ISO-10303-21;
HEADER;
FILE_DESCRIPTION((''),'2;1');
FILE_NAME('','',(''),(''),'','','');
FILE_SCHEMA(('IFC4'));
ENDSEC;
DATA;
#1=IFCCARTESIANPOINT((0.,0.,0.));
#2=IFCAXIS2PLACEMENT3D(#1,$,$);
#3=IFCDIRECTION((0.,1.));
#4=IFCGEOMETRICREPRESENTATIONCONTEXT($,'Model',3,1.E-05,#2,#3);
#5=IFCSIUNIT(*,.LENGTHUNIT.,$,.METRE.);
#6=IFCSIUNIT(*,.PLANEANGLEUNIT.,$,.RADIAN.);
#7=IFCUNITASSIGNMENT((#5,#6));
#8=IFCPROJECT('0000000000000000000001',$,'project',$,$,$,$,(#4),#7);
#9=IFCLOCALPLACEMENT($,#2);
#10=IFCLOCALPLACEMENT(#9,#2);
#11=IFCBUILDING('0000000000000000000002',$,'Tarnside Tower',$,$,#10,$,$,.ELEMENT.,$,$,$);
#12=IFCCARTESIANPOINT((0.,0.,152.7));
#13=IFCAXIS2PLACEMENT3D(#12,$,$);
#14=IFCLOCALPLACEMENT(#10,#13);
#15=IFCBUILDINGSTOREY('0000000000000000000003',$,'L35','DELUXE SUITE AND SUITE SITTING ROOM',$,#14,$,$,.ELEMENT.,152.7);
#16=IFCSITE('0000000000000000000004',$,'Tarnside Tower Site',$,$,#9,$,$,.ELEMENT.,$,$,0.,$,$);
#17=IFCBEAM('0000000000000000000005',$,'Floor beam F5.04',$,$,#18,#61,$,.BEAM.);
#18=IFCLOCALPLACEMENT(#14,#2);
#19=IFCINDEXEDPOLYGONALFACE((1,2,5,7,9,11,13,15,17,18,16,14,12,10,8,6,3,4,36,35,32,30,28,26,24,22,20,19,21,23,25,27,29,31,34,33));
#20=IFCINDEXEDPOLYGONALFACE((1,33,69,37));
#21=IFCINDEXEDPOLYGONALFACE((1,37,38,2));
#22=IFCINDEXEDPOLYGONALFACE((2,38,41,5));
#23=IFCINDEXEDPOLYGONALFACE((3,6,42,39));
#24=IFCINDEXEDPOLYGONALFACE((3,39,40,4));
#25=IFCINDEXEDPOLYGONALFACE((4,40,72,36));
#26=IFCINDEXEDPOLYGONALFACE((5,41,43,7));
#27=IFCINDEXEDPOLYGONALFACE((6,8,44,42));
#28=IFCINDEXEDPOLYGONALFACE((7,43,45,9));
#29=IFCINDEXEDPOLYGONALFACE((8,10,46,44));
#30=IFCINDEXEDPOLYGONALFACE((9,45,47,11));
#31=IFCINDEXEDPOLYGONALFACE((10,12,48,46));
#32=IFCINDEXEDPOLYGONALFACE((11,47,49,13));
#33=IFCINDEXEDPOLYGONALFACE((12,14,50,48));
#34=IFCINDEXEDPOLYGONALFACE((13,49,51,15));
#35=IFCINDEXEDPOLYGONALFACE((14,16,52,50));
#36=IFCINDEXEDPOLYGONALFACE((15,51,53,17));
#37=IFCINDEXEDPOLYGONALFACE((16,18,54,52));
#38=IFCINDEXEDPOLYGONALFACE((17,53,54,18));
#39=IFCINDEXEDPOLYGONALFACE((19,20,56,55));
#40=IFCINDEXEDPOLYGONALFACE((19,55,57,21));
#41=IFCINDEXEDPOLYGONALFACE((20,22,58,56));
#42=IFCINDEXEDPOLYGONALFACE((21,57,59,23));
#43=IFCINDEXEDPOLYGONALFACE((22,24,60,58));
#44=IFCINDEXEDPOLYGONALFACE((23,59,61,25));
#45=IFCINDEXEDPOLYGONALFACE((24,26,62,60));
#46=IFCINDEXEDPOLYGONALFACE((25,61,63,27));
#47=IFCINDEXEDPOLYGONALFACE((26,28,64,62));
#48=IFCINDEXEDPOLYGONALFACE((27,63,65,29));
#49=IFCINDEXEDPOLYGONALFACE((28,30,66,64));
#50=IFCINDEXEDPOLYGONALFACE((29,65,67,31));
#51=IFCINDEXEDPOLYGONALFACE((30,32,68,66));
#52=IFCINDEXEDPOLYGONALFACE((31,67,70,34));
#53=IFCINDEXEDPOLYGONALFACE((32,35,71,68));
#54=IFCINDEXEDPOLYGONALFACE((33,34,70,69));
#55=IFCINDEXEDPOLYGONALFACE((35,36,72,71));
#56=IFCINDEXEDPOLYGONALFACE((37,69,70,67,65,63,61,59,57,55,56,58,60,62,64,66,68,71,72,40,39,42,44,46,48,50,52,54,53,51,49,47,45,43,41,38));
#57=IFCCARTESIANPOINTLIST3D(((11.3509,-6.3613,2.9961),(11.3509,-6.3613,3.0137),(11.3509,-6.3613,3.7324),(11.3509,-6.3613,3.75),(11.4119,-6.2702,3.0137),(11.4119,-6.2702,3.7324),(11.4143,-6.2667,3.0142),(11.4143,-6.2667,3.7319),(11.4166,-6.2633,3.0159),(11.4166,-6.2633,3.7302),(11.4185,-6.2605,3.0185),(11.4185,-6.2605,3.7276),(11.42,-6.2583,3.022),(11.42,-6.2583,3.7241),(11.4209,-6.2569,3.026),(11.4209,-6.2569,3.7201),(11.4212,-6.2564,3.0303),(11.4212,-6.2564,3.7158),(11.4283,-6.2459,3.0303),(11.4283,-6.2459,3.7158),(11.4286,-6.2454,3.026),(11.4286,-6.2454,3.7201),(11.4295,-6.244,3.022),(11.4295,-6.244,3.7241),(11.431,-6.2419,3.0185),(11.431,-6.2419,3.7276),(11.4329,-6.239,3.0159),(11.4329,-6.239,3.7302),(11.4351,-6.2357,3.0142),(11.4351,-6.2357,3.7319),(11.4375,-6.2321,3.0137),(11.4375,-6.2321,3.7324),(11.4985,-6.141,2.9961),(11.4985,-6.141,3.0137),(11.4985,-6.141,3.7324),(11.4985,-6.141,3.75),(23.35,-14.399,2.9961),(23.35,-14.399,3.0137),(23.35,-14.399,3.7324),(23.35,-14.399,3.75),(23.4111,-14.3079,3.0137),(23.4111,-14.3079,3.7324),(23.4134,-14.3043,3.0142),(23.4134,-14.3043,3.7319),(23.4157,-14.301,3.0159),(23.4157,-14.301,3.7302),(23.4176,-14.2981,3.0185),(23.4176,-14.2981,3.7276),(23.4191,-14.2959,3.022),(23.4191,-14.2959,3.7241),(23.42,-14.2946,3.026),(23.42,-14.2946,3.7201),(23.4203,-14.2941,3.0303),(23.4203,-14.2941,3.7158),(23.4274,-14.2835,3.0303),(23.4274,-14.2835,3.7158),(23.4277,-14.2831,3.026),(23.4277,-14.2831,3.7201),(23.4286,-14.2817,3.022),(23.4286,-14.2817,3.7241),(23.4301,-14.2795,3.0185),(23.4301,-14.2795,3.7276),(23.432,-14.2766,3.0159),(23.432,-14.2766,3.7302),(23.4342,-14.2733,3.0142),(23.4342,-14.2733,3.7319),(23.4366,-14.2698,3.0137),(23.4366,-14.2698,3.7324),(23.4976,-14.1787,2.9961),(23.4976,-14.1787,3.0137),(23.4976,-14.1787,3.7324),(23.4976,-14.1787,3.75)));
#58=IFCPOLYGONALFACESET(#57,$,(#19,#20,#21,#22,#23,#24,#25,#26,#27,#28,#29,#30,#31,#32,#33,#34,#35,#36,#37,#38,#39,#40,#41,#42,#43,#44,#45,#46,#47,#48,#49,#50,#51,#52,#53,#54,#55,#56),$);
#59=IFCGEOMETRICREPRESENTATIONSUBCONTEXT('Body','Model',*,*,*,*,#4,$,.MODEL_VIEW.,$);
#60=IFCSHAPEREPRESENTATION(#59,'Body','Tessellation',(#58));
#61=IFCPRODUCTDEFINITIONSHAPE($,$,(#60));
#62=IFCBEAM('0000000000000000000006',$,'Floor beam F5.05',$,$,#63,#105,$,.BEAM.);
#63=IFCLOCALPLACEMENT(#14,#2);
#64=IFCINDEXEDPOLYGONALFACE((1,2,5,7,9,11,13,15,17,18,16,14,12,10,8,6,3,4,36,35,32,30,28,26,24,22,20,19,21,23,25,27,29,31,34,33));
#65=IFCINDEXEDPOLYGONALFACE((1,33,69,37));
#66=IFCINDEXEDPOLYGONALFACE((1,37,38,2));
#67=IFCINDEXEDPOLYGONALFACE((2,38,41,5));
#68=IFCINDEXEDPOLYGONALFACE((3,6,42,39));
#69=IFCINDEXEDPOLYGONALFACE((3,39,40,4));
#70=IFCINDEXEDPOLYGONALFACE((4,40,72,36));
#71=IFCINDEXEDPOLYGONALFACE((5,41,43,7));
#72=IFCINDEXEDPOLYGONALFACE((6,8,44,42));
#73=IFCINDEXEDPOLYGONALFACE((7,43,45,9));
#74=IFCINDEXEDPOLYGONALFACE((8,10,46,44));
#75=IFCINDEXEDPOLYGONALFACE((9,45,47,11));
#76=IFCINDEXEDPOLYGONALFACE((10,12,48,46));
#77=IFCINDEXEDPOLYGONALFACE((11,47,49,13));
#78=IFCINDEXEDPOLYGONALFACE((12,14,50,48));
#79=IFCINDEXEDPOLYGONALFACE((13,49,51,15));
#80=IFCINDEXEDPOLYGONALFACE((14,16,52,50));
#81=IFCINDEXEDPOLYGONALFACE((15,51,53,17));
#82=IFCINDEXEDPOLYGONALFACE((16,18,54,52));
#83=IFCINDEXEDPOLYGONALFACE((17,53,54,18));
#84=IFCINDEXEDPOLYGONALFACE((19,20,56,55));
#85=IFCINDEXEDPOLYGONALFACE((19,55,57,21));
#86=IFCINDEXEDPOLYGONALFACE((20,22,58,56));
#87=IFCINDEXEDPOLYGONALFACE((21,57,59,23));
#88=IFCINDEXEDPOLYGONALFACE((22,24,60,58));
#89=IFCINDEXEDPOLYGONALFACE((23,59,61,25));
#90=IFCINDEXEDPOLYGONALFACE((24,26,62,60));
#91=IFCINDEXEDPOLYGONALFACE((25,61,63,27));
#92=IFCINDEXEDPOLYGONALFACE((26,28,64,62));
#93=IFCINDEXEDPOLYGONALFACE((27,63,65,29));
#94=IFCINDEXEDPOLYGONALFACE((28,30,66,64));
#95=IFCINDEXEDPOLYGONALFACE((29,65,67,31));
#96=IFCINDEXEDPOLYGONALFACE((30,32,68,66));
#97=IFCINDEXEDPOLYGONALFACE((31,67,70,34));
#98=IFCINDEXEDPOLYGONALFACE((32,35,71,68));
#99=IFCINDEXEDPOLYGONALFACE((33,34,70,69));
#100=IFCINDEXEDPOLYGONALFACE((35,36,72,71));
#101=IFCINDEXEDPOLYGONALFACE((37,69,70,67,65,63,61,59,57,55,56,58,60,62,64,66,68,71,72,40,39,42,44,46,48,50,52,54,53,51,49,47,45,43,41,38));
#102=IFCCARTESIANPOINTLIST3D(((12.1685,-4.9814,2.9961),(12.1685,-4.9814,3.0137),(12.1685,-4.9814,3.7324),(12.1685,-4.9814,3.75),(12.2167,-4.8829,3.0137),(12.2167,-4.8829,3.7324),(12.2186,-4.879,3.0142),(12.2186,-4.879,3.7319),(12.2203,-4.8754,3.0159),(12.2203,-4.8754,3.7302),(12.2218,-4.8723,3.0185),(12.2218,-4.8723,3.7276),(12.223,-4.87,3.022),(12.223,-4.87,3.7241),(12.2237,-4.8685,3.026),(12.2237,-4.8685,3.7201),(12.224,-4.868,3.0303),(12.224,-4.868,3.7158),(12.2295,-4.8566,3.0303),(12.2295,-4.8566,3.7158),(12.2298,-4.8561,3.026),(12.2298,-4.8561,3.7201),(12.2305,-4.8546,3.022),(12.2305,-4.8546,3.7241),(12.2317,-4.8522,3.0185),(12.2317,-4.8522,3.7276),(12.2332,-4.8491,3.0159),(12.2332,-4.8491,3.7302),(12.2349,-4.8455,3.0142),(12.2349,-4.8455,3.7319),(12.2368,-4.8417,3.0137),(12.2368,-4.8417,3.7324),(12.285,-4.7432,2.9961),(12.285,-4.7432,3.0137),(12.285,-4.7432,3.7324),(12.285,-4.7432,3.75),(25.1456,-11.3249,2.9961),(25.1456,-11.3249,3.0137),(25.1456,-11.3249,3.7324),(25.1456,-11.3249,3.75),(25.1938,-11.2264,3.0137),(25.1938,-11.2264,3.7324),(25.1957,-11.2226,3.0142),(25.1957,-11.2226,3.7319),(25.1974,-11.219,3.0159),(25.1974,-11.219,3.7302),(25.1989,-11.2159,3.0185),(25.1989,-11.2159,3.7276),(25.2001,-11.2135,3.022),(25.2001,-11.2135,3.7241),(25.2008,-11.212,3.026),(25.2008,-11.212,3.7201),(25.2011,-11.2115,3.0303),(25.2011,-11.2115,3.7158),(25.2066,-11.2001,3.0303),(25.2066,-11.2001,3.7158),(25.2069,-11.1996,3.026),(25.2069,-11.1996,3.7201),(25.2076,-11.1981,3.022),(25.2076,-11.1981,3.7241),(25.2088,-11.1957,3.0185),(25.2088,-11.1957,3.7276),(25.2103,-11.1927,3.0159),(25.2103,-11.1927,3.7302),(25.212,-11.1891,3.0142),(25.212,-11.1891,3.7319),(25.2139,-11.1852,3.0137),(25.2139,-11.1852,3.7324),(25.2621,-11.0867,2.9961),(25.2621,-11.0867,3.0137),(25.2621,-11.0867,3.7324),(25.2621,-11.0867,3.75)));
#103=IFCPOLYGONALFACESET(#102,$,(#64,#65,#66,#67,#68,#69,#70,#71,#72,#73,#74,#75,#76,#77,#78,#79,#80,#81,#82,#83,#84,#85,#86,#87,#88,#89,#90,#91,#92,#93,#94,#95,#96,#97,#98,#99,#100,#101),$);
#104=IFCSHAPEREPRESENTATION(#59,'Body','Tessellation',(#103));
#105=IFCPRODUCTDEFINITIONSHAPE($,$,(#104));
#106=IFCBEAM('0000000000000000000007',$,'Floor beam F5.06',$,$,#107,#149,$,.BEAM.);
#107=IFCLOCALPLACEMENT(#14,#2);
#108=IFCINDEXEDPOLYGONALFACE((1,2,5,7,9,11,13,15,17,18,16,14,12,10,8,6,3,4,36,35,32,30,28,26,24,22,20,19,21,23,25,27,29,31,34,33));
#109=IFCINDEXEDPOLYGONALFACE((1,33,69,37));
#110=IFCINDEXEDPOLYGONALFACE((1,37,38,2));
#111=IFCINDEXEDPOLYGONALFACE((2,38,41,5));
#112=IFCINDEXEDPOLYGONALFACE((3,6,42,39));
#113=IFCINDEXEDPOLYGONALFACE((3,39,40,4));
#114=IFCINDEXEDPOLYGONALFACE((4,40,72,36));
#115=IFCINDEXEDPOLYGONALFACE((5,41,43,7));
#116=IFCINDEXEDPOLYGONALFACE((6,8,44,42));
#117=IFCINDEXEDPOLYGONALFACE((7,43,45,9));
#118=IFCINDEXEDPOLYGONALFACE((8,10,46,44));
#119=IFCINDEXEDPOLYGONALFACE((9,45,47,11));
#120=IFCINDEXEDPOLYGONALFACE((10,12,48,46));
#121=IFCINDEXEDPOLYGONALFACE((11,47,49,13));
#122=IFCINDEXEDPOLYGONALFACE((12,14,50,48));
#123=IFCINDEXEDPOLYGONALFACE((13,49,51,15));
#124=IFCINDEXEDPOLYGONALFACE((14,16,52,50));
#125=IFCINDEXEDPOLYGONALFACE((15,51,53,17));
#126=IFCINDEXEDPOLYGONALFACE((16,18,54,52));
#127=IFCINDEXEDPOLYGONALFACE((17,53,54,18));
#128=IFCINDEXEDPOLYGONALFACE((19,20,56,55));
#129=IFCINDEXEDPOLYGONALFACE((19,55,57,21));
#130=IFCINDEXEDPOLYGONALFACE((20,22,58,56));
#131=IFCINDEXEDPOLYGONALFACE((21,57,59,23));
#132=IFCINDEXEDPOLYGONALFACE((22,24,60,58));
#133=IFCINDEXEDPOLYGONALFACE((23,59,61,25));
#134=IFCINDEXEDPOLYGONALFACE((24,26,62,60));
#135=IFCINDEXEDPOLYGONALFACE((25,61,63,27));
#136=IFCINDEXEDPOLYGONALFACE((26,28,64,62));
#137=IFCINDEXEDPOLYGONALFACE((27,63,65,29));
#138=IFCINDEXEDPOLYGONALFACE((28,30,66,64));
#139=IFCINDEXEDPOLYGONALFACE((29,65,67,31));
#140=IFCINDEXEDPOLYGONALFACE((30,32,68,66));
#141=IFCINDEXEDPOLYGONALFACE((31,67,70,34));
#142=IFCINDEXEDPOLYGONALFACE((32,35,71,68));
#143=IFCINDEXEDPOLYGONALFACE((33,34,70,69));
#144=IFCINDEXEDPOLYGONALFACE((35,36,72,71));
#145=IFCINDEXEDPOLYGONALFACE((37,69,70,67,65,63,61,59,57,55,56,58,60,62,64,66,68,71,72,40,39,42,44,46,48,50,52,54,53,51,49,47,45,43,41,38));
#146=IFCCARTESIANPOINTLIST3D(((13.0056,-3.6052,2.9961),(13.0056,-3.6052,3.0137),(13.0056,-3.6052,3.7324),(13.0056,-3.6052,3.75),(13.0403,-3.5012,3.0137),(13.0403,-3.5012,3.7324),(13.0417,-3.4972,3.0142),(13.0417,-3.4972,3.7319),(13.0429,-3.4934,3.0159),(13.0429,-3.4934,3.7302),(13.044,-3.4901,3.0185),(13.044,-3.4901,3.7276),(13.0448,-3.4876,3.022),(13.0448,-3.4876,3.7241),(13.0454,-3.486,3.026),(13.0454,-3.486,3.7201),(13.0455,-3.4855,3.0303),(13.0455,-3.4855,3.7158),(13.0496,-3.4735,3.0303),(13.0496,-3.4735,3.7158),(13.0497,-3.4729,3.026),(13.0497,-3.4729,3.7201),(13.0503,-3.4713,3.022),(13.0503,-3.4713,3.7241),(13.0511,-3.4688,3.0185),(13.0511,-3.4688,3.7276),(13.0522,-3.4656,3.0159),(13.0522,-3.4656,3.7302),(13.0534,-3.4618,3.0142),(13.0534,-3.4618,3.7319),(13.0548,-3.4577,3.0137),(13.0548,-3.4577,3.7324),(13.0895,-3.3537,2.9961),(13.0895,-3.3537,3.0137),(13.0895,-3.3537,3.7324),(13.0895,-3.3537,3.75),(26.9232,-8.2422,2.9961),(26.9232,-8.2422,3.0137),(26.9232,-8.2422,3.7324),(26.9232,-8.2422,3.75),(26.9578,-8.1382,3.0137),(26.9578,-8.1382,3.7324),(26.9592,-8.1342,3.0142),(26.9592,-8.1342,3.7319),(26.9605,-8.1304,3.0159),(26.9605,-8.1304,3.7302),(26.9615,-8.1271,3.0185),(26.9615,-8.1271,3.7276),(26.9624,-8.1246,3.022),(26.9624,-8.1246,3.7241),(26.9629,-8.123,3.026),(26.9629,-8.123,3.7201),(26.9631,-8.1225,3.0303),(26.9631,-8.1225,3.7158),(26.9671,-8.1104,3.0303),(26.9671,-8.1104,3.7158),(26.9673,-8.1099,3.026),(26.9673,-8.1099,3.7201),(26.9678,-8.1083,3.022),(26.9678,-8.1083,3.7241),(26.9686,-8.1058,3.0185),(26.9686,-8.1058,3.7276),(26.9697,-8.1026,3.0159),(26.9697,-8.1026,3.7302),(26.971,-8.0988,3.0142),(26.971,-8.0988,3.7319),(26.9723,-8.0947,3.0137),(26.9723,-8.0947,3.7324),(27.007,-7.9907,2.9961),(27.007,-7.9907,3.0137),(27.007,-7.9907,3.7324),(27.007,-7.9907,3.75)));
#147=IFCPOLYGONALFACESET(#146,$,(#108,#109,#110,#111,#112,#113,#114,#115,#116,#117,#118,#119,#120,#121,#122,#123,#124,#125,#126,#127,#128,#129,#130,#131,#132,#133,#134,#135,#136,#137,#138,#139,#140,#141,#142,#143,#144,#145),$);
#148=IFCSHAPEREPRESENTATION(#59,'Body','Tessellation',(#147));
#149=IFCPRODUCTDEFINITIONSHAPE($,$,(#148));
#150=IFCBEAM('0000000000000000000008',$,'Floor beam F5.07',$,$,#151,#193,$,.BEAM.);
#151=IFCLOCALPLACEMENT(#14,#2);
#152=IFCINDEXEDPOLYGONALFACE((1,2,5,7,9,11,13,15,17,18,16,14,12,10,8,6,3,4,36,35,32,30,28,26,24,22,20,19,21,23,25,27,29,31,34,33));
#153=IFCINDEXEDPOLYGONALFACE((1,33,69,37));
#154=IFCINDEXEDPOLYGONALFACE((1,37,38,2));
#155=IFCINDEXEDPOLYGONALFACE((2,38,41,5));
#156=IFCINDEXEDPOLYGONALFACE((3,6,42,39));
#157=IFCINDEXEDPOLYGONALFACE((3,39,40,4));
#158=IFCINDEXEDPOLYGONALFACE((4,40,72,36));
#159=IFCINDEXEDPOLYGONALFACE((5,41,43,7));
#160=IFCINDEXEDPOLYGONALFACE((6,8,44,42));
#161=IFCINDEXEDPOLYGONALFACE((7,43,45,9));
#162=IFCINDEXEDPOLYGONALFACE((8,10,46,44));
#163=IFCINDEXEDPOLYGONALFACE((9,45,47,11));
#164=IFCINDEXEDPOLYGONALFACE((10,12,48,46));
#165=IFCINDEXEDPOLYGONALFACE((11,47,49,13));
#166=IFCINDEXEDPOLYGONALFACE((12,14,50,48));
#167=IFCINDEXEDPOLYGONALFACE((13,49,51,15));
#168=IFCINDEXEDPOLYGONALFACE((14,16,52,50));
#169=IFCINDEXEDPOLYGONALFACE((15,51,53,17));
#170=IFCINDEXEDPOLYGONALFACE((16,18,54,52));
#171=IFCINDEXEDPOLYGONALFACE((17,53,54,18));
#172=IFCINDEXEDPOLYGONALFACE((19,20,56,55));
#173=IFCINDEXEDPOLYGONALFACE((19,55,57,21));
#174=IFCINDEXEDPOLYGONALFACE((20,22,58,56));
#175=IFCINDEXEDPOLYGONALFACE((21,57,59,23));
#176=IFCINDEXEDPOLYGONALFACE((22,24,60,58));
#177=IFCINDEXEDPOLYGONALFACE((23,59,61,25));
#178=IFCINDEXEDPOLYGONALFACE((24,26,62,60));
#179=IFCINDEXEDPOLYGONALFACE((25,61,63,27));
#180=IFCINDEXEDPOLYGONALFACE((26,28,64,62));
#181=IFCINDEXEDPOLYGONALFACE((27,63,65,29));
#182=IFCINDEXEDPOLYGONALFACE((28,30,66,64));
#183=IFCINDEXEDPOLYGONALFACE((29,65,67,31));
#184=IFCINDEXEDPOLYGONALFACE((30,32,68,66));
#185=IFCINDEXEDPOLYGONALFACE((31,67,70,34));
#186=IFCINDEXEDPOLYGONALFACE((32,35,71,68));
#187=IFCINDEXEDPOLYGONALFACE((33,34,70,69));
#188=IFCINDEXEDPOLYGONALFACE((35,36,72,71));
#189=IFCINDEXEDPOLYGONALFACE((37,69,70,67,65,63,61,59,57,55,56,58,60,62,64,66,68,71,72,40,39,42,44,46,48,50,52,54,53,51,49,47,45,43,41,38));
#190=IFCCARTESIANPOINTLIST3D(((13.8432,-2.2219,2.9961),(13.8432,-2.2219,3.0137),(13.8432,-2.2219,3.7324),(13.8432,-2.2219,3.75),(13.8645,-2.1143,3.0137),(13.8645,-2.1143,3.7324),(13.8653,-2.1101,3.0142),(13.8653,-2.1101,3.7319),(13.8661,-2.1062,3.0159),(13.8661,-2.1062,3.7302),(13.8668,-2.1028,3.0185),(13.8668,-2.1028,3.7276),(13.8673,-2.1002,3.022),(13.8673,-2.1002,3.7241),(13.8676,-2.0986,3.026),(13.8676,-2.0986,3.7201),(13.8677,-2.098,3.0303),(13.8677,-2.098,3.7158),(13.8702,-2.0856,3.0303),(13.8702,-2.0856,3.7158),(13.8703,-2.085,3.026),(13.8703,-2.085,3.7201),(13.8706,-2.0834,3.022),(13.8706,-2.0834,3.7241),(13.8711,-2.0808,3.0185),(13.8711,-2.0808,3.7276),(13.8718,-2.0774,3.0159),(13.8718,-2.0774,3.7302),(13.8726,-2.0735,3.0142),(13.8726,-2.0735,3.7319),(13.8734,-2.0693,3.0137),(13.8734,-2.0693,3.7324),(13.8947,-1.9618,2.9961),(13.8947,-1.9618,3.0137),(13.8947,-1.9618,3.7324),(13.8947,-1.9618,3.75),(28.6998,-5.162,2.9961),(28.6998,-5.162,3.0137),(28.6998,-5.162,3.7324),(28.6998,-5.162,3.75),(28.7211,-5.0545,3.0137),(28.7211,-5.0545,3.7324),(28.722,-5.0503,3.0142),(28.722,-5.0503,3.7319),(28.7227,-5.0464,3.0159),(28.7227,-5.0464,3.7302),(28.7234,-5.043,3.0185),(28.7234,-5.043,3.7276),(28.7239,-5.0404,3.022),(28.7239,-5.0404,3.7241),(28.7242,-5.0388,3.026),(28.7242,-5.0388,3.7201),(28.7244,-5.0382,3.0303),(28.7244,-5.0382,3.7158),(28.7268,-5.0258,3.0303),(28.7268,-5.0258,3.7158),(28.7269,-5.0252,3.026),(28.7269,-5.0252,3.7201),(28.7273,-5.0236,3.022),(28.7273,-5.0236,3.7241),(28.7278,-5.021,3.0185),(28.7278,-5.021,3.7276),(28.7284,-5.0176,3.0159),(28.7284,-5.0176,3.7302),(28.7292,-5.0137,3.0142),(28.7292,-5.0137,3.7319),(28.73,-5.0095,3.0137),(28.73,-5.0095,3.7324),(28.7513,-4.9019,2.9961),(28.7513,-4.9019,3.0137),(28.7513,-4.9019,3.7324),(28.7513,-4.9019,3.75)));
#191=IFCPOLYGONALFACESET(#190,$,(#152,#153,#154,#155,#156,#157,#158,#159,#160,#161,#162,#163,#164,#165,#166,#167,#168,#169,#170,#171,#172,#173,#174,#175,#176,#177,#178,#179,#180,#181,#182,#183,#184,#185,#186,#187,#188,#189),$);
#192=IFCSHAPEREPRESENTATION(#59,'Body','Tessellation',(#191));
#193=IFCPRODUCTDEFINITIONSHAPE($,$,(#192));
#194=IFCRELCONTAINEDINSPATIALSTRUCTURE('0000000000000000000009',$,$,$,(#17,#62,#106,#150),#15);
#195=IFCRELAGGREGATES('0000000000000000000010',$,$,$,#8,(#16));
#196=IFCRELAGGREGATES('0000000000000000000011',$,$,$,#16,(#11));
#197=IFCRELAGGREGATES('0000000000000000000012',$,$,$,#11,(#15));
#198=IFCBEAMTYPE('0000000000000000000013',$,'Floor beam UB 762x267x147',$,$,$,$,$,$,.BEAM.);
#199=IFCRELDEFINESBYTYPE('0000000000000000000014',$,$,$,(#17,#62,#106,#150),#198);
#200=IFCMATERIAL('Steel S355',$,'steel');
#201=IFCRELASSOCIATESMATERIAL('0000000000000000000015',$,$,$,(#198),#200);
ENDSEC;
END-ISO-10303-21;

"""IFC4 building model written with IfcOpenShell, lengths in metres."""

from ifc_helpers import new_model, si_unit, direction, frame, origin, origin_2d, place, context, subcontext, project, spatial, i_section, extrude, material, material_profile, profile_set, type_object, element, save


model = new_model("IFC4")

# Units and contexts
model_context = context("Model", 3, precision=1e-05, world=origin(), true_north=direction((0.0, 1.0)))
body_context = subcontext(model_context, "Body", "Model", "MODEL_VIEW")
ifc_project = project(units=[si_unit("LENGTHUNIT", "METRE"), si_unit("PLANEANGLEUNIT", "RADIAN")], contexts=[model_context])

# Site, building, storey
site_placement = place(None, origin())
site = spatial("IfcSite", under=ifc_project, at=site_placement, Name="Tarnside Tower Site", CompositionType="ELEMENT", RefElevation=0.0)
building_placement = place(site_placement, origin())
building = spatial("IfcBuilding", under=site, at=building_placement, Name="Tarnside Tower", CompositionType="ELEMENT")
storey_placement = place(building_placement, frame((0.0, 0.0, 152.7)))
storey = spatial("IfcBuildingStorey", under=building, at=storey_placement, Name="L35", Description="DELUXE SUITE AND SUITE SITTING ROOM", CompositionType="ELEMENT", Elevation=152.7)

# Beams
ifc_material_1 = material(Name="Steel S355", Category="steel")
ifc_material_profile_1 = material_profile(ifc_material_1, i_section(OverallWidth=0.2651, OverallDepth=0.7539, WebThickness=0.0127, FlangeThickness=0.0176, FilletRadius=0.0166, at=origin_2d()), Name="UB 762x267x147")
ifc_profile_set_1 = profile_set([ifc_material_profile_1], Name="Steel S355")
beam_type_1 = type_object("IfcBeamType", Name="Floor beam UB 762x267x147", PredefinedType="BEAM", material=ifc_profile_set_1)
beam_1_placement = place(storey_placement, frame((23.4238, -14.2888, 3.373), z_axis=(-0.830826, 0.556532, 0.0), x_axis=(-0.556532, -0.830826, 0.0)))
element("IfcBeam", 1, at=beam_1_placement, inside=storey, type_object=beam_type_1, Name="Floor beam F5.04", PredefinedType="BEAM", context=body_context, shape_type="SweptSolid", body=[
    extrude(i_section(OverallWidth=0.2651, OverallDepth=0.7539, WebThickness=0.0127, FlangeThickness=0.0176, FilletRadius=0.0166, at=origin_2d()), origin(), (0.0, 0.0, 1.0), 14.4424),
])
beam_2_placement = place(storey_placement, frame((25.2039, -11.2058, 3.373), z_axis=(-0.898407, 0.439164, 0.0), x_axis=(-0.439164, -0.898407, 0.0)))
element("IfcBeam", 2, at=beam_2_placement, inside=storey, type_object=beam_type_1, Name="Floor beam F5.05", PredefinedType="BEAM", context=body_context, shape_type="SweptSolid", body=[
    extrude(i_section(OverallWidth=0.2651, OverallDepth=0.7539, WebThickness=0.0127, FlangeThickness=0.0176, FilletRadius=0.0166, at=origin_2d()), origin(), (0.0, 0.0, 1.0), 14.4446),
])
beam_3_placement = place(storey_placement, frame((26.9651, -8.1165, 3.373), z_axis=(-0.948728, 0.316093, 0.0), x_axis=(-0.316093, -0.948728, 0.0)))
element("IfcBeam", 3, at=beam_3_placement, inside=storey, type_object=beam_type_1, Name="Floor beam F5.06", PredefinedType="BEAM", context=body_context, shape_type="SweptSolid", body=[
    extrude(i_section(OverallWidth=0.2651, OverallDepth=0.7539, WebThickness=0.0127, FlangeThickness=0.0176, FilletRadius=0.0166, at=origin_2d()), origin(), (0.0, 0.0, 1.0), 14.6697),
])
beam_4_placement = place(storey_placement, frame((28.7256, -5.032, 3.373), z_axis=(-0.980974, 0.194138, 0.0), x_axis=(-0.194138, -0.980974, 0.0)))
element("IfcBeam", 4, at=beam_4_placement, inside=storey, type_object=beam_type_1, Name="Floor beam F5.07", PredefinedType="BEAM", context=body_context, shape_type="SweptSolid", body=[
    extrude(i_section(OverallWidth=0.2651, OverallDepth=0.7539, WebThickness=0.0127, FlangeThickness=0.0176, FilletRadius=0.0166, at=origin_2d()), origin(), (0.0, 0.0, 1.0), 15.1448),
])

save(model, "model.ifc")
